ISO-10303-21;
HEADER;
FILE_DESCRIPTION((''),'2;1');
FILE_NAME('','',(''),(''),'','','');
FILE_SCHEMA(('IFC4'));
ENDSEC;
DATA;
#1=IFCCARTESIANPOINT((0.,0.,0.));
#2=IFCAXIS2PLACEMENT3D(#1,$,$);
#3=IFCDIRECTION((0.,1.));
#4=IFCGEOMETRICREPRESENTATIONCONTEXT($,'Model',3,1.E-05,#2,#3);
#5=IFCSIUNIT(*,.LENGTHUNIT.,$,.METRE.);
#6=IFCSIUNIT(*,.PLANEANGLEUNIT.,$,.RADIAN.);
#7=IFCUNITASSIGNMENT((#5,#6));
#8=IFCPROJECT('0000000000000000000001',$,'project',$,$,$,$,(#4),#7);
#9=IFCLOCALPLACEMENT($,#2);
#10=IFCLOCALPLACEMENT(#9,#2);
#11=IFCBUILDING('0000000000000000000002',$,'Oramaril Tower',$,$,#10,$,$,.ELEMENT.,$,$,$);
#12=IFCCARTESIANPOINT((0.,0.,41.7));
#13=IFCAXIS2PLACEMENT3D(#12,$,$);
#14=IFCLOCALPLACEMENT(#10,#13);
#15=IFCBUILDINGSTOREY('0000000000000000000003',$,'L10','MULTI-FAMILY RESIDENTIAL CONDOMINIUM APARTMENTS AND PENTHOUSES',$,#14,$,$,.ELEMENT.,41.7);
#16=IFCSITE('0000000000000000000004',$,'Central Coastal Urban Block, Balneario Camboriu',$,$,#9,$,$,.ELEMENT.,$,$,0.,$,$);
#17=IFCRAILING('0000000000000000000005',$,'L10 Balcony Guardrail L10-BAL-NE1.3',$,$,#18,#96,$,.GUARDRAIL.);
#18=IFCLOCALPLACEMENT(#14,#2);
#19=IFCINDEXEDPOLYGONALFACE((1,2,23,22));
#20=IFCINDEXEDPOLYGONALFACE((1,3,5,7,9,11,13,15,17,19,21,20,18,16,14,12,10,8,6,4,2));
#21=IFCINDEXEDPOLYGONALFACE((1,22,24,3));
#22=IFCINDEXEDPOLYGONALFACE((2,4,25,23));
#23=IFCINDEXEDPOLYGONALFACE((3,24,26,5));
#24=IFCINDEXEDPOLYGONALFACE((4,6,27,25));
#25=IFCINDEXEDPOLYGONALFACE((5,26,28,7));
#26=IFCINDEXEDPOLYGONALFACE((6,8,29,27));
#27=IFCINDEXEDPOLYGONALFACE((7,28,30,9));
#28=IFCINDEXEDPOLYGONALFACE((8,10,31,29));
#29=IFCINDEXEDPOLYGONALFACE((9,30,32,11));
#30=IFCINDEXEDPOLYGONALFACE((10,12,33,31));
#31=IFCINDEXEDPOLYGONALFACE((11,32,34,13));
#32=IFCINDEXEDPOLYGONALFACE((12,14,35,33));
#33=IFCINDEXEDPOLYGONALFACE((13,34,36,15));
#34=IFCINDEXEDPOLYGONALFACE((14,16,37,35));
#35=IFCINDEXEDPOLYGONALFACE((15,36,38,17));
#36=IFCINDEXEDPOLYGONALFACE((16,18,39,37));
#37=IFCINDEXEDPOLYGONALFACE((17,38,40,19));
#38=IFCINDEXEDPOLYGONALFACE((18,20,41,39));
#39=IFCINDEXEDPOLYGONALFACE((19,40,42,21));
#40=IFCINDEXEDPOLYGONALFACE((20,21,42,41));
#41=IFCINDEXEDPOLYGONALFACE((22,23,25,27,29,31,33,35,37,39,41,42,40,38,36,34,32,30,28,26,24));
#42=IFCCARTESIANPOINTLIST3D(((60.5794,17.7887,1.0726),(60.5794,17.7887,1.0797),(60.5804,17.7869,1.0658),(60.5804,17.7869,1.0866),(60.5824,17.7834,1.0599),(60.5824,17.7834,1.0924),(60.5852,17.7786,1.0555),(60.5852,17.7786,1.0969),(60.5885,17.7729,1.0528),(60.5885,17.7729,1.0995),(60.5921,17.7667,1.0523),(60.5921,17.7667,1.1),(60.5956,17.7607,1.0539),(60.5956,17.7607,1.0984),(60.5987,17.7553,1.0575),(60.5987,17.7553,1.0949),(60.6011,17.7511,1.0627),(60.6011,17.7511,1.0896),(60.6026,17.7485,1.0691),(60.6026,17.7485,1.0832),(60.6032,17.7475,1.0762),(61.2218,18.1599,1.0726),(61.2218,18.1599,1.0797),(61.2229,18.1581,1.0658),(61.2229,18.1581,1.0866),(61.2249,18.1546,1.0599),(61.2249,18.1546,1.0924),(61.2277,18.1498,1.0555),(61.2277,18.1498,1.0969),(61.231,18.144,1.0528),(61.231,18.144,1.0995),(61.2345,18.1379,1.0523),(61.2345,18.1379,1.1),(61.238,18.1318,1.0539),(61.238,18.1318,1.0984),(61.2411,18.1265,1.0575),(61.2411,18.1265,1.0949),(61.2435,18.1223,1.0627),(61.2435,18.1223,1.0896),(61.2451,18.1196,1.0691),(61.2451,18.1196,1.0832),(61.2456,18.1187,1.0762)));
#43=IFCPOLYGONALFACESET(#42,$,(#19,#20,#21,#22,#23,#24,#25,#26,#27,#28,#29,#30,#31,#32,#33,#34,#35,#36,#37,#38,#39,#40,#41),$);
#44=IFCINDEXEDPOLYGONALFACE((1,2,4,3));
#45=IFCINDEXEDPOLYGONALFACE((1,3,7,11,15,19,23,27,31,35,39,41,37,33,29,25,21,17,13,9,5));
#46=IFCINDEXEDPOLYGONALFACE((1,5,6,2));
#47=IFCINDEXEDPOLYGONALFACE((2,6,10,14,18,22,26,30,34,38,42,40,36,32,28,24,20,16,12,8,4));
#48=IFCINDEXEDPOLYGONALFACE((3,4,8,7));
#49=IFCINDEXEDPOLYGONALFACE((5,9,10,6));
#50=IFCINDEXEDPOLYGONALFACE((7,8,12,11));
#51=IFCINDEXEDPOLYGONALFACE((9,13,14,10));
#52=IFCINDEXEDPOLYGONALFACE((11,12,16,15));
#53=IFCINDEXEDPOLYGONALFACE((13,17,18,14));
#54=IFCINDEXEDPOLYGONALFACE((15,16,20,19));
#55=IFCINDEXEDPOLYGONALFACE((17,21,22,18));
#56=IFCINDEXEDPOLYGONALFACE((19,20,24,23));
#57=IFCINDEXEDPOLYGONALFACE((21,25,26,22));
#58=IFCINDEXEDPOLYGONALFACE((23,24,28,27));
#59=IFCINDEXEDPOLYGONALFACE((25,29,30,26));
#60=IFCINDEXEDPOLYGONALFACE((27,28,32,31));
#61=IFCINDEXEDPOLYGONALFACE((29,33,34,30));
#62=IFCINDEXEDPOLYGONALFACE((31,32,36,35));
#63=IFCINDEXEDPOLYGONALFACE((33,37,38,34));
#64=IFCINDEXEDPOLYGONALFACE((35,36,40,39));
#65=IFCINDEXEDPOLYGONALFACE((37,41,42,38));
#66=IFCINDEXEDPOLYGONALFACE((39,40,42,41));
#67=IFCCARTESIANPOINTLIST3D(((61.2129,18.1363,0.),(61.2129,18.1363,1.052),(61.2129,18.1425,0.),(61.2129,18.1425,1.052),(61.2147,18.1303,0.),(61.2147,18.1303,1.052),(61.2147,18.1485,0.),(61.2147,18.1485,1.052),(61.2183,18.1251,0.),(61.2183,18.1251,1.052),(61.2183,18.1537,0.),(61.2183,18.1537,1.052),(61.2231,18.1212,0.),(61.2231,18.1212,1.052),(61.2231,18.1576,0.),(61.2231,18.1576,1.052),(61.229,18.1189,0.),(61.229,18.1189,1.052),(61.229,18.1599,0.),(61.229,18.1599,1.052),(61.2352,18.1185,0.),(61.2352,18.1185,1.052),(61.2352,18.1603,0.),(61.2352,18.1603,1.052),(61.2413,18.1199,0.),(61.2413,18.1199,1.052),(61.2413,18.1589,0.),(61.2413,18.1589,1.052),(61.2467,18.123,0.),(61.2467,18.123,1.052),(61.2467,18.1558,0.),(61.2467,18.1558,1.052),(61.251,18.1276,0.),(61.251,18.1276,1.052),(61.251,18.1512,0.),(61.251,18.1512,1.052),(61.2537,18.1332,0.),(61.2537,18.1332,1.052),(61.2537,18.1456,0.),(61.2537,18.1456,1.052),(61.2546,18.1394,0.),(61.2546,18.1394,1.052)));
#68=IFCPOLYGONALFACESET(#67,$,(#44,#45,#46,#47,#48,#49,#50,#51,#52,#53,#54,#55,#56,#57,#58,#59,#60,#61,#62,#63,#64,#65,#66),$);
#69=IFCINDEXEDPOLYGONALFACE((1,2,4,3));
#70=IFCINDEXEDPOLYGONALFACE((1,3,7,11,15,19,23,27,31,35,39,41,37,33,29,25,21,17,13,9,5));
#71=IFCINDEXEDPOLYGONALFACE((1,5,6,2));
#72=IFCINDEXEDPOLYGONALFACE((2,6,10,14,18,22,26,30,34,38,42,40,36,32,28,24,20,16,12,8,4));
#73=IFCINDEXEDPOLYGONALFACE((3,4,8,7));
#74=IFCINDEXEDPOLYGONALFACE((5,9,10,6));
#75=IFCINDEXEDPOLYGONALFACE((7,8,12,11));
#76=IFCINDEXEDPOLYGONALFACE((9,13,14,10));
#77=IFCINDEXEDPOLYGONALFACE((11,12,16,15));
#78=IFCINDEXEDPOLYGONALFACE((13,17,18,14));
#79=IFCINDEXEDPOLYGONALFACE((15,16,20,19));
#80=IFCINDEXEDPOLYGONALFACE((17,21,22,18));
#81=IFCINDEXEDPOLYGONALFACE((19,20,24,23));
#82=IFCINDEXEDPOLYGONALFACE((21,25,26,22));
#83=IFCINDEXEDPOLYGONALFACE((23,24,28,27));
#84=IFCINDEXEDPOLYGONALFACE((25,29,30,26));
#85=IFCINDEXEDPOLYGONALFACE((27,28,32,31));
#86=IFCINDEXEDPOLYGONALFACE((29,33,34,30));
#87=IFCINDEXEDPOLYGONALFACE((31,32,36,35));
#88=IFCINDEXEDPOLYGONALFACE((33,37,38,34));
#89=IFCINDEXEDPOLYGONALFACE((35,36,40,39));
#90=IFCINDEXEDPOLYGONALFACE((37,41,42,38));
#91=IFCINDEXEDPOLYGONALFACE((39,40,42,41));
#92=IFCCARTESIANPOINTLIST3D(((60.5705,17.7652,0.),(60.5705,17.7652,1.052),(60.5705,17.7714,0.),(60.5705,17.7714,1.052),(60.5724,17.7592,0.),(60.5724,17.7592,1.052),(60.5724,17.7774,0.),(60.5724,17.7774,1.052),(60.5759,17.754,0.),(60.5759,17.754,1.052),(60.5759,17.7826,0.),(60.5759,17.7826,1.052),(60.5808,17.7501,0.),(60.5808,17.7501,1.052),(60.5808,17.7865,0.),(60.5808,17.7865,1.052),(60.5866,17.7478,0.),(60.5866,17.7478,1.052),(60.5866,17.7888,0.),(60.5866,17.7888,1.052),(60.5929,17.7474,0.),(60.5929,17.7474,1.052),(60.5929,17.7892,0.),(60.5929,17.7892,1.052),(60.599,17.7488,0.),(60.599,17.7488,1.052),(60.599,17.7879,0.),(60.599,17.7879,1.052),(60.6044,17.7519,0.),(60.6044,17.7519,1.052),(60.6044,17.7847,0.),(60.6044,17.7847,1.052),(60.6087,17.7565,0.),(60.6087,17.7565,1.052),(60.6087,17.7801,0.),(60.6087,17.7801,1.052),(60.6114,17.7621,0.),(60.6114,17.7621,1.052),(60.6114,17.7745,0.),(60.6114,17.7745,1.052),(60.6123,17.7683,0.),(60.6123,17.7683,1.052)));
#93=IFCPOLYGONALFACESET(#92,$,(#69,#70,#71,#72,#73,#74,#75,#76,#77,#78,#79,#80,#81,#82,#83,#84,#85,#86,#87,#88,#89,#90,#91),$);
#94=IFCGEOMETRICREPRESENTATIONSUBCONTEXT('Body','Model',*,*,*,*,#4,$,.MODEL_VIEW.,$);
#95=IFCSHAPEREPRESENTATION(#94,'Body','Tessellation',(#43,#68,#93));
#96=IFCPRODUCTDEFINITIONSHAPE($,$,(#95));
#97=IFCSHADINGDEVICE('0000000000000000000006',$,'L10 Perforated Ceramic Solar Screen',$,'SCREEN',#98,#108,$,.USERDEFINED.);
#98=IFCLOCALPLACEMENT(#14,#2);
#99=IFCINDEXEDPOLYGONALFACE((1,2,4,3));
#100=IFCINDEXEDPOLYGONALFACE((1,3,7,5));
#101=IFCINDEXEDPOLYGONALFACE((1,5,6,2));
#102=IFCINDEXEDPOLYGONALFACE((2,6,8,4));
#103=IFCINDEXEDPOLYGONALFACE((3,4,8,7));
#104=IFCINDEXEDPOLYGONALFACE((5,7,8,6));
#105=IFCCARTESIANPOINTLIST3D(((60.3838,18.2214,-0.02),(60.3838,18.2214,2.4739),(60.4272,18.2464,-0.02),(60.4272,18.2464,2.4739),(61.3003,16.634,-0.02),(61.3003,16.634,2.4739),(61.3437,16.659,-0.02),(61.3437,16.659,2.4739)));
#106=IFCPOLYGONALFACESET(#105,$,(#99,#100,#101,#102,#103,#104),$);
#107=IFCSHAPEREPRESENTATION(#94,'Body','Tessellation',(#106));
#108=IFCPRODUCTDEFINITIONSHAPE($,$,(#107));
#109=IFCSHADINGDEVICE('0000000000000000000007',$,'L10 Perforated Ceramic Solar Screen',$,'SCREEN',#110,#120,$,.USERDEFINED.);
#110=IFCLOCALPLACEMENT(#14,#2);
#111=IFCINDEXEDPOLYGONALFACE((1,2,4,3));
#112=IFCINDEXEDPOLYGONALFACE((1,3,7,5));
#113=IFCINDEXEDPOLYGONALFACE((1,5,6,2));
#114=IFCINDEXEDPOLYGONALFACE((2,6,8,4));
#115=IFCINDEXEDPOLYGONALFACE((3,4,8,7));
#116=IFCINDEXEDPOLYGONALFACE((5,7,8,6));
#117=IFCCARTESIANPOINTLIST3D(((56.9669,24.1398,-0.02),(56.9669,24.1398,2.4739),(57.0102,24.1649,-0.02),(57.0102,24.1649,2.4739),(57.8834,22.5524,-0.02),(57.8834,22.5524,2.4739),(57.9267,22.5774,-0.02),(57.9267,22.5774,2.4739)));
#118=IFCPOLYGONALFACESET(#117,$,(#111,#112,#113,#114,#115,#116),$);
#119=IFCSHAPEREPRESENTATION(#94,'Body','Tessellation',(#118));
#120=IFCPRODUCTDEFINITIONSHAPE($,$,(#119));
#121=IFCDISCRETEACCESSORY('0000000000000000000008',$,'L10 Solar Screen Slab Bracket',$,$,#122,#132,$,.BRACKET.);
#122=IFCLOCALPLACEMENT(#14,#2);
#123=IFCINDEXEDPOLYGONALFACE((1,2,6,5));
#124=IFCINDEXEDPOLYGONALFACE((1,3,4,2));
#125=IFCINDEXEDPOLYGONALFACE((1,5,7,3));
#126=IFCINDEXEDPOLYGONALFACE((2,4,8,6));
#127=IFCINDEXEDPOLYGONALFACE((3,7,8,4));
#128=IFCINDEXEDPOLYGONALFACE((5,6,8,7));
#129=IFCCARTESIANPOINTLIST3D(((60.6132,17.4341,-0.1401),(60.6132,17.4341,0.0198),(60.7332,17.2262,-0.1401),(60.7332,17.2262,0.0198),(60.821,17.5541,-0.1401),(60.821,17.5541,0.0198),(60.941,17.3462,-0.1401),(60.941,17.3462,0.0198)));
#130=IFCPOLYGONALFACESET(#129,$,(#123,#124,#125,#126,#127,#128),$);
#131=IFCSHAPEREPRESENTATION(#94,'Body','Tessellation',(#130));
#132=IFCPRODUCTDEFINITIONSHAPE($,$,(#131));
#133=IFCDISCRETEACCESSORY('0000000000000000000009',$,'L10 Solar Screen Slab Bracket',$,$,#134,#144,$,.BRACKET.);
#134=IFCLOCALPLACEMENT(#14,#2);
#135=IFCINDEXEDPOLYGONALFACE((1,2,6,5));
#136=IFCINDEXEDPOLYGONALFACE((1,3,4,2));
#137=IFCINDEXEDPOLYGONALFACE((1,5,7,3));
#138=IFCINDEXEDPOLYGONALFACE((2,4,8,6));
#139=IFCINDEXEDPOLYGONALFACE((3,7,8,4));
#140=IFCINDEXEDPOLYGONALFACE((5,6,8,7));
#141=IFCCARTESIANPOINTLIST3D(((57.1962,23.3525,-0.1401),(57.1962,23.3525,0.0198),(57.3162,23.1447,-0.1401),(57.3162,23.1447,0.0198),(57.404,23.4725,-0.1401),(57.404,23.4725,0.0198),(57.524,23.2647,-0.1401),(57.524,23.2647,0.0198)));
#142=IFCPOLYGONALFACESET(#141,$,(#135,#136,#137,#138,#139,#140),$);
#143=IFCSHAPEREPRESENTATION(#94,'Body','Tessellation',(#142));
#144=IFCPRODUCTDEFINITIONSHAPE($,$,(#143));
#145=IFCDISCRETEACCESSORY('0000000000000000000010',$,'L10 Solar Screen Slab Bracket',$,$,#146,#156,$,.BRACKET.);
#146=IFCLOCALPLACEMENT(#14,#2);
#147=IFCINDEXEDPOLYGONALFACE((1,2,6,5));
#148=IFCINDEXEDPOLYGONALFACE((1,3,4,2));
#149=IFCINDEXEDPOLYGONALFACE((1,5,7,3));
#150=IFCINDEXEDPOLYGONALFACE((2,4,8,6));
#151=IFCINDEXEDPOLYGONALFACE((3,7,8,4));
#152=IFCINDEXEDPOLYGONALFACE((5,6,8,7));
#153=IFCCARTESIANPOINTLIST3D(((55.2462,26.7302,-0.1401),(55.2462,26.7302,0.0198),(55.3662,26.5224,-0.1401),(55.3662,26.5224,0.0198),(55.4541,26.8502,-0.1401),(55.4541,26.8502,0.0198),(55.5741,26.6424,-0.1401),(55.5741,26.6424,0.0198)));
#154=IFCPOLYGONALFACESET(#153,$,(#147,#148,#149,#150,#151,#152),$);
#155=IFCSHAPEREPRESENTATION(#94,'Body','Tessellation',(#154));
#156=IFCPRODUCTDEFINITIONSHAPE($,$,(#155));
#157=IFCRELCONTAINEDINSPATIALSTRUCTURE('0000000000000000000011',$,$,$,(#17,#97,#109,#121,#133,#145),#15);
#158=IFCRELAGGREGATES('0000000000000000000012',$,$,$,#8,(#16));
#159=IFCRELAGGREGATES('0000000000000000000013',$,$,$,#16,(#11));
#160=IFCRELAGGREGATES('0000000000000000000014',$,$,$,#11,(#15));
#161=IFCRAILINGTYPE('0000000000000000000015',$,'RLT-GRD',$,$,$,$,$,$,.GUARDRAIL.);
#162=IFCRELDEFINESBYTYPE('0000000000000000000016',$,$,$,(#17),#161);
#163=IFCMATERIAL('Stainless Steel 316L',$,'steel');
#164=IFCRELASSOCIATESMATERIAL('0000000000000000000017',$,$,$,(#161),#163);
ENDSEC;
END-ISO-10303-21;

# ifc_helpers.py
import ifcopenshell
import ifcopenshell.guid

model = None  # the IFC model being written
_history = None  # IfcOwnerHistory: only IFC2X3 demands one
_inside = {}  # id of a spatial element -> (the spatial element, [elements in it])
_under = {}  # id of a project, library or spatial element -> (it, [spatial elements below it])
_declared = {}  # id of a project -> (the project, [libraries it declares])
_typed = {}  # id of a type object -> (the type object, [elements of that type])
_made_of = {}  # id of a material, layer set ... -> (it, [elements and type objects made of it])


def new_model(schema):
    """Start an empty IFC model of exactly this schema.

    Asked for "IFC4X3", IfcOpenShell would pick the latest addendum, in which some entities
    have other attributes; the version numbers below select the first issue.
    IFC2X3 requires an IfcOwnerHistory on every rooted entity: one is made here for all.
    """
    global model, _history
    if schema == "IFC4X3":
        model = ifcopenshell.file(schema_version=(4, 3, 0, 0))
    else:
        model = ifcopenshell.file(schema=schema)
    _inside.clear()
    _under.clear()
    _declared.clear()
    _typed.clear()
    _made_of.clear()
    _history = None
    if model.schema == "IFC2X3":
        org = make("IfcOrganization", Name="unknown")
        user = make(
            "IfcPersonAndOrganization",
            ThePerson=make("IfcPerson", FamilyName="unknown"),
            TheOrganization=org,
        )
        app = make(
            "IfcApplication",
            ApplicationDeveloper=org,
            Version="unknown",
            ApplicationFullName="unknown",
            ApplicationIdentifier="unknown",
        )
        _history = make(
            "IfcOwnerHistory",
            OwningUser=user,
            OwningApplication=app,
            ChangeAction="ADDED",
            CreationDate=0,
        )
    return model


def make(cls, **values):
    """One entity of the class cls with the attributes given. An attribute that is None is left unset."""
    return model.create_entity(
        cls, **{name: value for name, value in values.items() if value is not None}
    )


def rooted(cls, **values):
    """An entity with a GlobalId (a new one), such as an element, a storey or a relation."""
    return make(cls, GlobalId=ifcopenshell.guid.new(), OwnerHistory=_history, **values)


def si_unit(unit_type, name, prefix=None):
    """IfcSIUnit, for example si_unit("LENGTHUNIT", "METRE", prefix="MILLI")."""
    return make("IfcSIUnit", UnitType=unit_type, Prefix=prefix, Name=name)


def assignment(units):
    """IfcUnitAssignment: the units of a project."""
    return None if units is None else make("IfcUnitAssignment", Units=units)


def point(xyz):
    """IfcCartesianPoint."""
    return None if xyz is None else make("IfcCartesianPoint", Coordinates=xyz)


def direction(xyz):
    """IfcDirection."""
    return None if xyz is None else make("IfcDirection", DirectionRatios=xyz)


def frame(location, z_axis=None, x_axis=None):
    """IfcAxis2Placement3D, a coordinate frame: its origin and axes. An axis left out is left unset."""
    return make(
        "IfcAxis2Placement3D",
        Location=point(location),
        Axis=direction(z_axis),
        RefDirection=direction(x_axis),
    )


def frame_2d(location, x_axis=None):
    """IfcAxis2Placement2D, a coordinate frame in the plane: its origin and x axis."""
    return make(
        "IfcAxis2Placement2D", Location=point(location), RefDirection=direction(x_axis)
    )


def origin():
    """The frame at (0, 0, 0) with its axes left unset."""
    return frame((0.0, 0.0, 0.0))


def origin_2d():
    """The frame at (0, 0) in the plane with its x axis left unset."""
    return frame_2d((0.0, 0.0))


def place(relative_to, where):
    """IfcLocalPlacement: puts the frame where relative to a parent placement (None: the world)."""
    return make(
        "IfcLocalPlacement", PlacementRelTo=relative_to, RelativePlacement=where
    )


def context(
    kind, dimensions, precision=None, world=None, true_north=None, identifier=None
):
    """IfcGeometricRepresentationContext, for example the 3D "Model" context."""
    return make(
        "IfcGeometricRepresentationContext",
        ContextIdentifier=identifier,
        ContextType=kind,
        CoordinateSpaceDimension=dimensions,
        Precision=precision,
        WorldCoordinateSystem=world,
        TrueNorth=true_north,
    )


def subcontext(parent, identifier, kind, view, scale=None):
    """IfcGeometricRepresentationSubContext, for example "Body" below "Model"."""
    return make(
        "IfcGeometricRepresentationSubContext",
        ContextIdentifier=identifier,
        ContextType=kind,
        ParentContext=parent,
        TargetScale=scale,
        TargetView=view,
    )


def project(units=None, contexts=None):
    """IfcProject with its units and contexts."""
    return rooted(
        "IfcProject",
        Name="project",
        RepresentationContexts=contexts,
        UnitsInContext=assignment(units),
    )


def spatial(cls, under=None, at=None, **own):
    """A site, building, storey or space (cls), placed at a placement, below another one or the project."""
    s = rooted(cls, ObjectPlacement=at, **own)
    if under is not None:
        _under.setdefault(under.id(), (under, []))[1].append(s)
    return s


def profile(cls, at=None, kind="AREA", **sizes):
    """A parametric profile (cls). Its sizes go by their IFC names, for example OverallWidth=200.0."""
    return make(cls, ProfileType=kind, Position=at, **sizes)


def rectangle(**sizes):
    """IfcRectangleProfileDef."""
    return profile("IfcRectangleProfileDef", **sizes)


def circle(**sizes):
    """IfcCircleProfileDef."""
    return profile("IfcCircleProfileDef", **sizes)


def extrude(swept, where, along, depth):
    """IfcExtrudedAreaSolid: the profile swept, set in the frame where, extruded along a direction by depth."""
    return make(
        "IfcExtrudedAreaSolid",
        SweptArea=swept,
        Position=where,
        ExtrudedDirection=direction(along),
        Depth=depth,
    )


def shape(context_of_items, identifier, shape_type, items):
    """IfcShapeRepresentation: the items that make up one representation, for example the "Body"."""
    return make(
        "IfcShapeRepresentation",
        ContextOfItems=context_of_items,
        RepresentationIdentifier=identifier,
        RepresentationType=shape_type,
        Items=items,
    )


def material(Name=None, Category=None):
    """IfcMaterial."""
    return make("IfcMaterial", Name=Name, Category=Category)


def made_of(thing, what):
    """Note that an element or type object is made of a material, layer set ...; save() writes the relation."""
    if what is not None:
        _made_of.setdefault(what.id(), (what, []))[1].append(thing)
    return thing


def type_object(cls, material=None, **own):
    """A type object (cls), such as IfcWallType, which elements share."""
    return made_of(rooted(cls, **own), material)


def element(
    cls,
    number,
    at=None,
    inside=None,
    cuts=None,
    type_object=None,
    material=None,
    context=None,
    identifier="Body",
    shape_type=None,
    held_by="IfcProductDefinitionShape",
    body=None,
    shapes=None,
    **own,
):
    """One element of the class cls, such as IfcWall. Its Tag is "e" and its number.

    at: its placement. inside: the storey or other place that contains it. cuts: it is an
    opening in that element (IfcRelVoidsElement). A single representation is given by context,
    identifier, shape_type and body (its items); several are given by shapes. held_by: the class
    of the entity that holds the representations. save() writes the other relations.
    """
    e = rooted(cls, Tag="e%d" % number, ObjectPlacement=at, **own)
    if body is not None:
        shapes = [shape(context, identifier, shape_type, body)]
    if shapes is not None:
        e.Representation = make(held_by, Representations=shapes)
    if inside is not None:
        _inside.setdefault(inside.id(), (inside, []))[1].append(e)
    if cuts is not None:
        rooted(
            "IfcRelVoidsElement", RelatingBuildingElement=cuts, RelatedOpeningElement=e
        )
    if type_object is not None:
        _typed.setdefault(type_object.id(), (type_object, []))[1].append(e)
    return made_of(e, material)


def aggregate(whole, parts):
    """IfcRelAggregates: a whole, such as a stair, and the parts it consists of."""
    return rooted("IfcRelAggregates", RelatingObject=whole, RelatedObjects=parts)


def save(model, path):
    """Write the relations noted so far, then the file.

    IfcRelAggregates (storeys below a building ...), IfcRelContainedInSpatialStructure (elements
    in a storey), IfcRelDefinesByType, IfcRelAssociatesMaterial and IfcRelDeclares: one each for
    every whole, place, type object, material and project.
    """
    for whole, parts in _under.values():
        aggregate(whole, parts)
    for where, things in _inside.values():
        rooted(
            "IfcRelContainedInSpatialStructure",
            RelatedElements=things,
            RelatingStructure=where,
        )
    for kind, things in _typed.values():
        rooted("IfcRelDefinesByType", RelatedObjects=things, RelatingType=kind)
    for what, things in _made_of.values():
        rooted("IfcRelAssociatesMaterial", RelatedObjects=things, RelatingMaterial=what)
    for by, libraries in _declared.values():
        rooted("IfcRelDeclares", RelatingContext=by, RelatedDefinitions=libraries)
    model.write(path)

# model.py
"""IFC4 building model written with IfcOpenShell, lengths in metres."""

from ifc_helpers import new_model, si_unit, direction, frame, origin, origin_2d, place, context, subcontext, project, spatial, rectangle, circle, extrude, material, type_object, element, save


model = new_model("IFC4")

# Units and contexts
model_context = context("Model", 3, precision=1e-05, world=origin(), true_north=direction((0.0, 1.0)))
body_context = subcontext(model_context, "Body", "Model", "MODEL_VIEW")
ifc_project = project(units=[si_unit("LENGTHUNIT", "METRE"), si_unit("PLANEANGLEUNIT", "RADIAN")], contexts=[model_context])

# Site, building, storey
site_placement = place(None, origin())
site = spatial("IfcSite", under=ifc_project, at=site_placement, Name="Central Coastal Urban Block, Balneario Camboriu", CompositionType="ELEMENT", RefElevation=0.0)
building_placement = place(site_placement, origin())
building = spatial("IfcBuilding", under=site, at=building_placement, Name="Oramaril Tower", CompositionType="ELEMENT")
storey_placement = place(building_placement, frame((0.0, 0.0, 41.7)))
storey = spatial("IfcBuildingStorey", under=building, at=storey_placement, Name="L10", Description="MULTI-FAMILY RESIDENTIAL CONDOMINIUM APARTMENTS AND PENTHOUSES", CompositionType="ELEMENT", Elevation=41.7)

# Railing
ifc_material_1 = material(Name="Stainless Steel 316L", Category="steel")
railing_type = type_object("IfcRailingType", Name="RLT-GRD", PredefinedType="GUARDRAIL", material=ifc_material_1)
railing_1_placement = place(storey_placement, frame((61.2336, 18.1394, 0.0)))
element("IfcRailing", 1, at=railing_1_placement, inside=storey, type_object=railing_type, Name="L10 Balcony Guardrail L10-BAL-NE1.3", PredefinedType="GUARDRAIL", context=body_context, shape_type="SweptSolid", body=[
    extrude(circle(Radius=0.0239, at=origin_2d()), frame((0.0, 0.0, 1.0762), z_axis=(-0.865884, -0.500245, 0.0), x_axis=(0.500245, -0.865884, 0.0)), (0.0, 0.0, 1.0), 0.7419),
    extrude(circle(Radius=0.021, at=origin_2d()), origin(), (0.0, 0.0, 1.0), 1.052),
    extrude(circle(Radius=0.021, at=origin_2d()), frame((-0.6423, -0.3711, 0.0)), (0.0, 0.0, 1.0), 1.052),
])

# Shading devices
for number, where, z_axis, x_axis, name in (
    (2, (60.8638, 17.4402, -0.02), (0.0, 0.0, 1.0), (-0.5, 0.866025, 0.0), "L10 Perforated Ceramic Solar Screen"),
    (3, (57.4468, 23.3586, -0.02), (0.0, 0.0, 1.0), (-0.5, 0.866025, 0.0), "L10 Perforated Ceramic Solar Screen"),
):
    element("IfcShadingDevice", number, at=place(storey_placement, frame(where, z_axis=z_axis, x_axis=x_axis)), inside=storey, Name=name, ObjectType="SCREEN", PredefinedType="USERDEFINED", context=body_context, shape_type="SweptSolid", body=[
        extrude(rectangle(XDim=1.833, YDim=0.05, at=origin_2d()), origin(), (0.0, 0.0, 1.0), 2.4939),
    ])

# Discrete accessories
for number, where, z_axis, x_axis, name in (
    (4, (60.7771, 17.3901, -0.1401), (0.0, 0.0, 1.0), (-0.5, 0.866025, 0.0), "L10 Solar Screen Slab Bracket"),
    (5, (57.3601, 23.3086, -0.1401), (0.0, 0.0, 1.0), (-0.5, 0.866025, 0.0), "L10 Solar Screen Slab Bracket"),
    (6, (55.4102, 26.6863, -0.1401), (0.0, 0.0, 1.0), (-0.5, 0.866025, 0.0), "L10 Solar Screen Slab Bracket"),
):
    element("IfcDiscreteAccessory", number, at=place(storey_placement, frame(where, z_axis=z_axis, x_axis=x_axis)), inside=storey, Name=name, PredefinedType="BRACKET", context=body_context, shape_type="SweptSolid", body=[
        extrude(rectangle(XDim=0.24, YDim=0.24, at=origin_2d()), origin(), (0.0, 0.0, 1.0), 0.1599),
    ])

save(model, "model.ifc")
